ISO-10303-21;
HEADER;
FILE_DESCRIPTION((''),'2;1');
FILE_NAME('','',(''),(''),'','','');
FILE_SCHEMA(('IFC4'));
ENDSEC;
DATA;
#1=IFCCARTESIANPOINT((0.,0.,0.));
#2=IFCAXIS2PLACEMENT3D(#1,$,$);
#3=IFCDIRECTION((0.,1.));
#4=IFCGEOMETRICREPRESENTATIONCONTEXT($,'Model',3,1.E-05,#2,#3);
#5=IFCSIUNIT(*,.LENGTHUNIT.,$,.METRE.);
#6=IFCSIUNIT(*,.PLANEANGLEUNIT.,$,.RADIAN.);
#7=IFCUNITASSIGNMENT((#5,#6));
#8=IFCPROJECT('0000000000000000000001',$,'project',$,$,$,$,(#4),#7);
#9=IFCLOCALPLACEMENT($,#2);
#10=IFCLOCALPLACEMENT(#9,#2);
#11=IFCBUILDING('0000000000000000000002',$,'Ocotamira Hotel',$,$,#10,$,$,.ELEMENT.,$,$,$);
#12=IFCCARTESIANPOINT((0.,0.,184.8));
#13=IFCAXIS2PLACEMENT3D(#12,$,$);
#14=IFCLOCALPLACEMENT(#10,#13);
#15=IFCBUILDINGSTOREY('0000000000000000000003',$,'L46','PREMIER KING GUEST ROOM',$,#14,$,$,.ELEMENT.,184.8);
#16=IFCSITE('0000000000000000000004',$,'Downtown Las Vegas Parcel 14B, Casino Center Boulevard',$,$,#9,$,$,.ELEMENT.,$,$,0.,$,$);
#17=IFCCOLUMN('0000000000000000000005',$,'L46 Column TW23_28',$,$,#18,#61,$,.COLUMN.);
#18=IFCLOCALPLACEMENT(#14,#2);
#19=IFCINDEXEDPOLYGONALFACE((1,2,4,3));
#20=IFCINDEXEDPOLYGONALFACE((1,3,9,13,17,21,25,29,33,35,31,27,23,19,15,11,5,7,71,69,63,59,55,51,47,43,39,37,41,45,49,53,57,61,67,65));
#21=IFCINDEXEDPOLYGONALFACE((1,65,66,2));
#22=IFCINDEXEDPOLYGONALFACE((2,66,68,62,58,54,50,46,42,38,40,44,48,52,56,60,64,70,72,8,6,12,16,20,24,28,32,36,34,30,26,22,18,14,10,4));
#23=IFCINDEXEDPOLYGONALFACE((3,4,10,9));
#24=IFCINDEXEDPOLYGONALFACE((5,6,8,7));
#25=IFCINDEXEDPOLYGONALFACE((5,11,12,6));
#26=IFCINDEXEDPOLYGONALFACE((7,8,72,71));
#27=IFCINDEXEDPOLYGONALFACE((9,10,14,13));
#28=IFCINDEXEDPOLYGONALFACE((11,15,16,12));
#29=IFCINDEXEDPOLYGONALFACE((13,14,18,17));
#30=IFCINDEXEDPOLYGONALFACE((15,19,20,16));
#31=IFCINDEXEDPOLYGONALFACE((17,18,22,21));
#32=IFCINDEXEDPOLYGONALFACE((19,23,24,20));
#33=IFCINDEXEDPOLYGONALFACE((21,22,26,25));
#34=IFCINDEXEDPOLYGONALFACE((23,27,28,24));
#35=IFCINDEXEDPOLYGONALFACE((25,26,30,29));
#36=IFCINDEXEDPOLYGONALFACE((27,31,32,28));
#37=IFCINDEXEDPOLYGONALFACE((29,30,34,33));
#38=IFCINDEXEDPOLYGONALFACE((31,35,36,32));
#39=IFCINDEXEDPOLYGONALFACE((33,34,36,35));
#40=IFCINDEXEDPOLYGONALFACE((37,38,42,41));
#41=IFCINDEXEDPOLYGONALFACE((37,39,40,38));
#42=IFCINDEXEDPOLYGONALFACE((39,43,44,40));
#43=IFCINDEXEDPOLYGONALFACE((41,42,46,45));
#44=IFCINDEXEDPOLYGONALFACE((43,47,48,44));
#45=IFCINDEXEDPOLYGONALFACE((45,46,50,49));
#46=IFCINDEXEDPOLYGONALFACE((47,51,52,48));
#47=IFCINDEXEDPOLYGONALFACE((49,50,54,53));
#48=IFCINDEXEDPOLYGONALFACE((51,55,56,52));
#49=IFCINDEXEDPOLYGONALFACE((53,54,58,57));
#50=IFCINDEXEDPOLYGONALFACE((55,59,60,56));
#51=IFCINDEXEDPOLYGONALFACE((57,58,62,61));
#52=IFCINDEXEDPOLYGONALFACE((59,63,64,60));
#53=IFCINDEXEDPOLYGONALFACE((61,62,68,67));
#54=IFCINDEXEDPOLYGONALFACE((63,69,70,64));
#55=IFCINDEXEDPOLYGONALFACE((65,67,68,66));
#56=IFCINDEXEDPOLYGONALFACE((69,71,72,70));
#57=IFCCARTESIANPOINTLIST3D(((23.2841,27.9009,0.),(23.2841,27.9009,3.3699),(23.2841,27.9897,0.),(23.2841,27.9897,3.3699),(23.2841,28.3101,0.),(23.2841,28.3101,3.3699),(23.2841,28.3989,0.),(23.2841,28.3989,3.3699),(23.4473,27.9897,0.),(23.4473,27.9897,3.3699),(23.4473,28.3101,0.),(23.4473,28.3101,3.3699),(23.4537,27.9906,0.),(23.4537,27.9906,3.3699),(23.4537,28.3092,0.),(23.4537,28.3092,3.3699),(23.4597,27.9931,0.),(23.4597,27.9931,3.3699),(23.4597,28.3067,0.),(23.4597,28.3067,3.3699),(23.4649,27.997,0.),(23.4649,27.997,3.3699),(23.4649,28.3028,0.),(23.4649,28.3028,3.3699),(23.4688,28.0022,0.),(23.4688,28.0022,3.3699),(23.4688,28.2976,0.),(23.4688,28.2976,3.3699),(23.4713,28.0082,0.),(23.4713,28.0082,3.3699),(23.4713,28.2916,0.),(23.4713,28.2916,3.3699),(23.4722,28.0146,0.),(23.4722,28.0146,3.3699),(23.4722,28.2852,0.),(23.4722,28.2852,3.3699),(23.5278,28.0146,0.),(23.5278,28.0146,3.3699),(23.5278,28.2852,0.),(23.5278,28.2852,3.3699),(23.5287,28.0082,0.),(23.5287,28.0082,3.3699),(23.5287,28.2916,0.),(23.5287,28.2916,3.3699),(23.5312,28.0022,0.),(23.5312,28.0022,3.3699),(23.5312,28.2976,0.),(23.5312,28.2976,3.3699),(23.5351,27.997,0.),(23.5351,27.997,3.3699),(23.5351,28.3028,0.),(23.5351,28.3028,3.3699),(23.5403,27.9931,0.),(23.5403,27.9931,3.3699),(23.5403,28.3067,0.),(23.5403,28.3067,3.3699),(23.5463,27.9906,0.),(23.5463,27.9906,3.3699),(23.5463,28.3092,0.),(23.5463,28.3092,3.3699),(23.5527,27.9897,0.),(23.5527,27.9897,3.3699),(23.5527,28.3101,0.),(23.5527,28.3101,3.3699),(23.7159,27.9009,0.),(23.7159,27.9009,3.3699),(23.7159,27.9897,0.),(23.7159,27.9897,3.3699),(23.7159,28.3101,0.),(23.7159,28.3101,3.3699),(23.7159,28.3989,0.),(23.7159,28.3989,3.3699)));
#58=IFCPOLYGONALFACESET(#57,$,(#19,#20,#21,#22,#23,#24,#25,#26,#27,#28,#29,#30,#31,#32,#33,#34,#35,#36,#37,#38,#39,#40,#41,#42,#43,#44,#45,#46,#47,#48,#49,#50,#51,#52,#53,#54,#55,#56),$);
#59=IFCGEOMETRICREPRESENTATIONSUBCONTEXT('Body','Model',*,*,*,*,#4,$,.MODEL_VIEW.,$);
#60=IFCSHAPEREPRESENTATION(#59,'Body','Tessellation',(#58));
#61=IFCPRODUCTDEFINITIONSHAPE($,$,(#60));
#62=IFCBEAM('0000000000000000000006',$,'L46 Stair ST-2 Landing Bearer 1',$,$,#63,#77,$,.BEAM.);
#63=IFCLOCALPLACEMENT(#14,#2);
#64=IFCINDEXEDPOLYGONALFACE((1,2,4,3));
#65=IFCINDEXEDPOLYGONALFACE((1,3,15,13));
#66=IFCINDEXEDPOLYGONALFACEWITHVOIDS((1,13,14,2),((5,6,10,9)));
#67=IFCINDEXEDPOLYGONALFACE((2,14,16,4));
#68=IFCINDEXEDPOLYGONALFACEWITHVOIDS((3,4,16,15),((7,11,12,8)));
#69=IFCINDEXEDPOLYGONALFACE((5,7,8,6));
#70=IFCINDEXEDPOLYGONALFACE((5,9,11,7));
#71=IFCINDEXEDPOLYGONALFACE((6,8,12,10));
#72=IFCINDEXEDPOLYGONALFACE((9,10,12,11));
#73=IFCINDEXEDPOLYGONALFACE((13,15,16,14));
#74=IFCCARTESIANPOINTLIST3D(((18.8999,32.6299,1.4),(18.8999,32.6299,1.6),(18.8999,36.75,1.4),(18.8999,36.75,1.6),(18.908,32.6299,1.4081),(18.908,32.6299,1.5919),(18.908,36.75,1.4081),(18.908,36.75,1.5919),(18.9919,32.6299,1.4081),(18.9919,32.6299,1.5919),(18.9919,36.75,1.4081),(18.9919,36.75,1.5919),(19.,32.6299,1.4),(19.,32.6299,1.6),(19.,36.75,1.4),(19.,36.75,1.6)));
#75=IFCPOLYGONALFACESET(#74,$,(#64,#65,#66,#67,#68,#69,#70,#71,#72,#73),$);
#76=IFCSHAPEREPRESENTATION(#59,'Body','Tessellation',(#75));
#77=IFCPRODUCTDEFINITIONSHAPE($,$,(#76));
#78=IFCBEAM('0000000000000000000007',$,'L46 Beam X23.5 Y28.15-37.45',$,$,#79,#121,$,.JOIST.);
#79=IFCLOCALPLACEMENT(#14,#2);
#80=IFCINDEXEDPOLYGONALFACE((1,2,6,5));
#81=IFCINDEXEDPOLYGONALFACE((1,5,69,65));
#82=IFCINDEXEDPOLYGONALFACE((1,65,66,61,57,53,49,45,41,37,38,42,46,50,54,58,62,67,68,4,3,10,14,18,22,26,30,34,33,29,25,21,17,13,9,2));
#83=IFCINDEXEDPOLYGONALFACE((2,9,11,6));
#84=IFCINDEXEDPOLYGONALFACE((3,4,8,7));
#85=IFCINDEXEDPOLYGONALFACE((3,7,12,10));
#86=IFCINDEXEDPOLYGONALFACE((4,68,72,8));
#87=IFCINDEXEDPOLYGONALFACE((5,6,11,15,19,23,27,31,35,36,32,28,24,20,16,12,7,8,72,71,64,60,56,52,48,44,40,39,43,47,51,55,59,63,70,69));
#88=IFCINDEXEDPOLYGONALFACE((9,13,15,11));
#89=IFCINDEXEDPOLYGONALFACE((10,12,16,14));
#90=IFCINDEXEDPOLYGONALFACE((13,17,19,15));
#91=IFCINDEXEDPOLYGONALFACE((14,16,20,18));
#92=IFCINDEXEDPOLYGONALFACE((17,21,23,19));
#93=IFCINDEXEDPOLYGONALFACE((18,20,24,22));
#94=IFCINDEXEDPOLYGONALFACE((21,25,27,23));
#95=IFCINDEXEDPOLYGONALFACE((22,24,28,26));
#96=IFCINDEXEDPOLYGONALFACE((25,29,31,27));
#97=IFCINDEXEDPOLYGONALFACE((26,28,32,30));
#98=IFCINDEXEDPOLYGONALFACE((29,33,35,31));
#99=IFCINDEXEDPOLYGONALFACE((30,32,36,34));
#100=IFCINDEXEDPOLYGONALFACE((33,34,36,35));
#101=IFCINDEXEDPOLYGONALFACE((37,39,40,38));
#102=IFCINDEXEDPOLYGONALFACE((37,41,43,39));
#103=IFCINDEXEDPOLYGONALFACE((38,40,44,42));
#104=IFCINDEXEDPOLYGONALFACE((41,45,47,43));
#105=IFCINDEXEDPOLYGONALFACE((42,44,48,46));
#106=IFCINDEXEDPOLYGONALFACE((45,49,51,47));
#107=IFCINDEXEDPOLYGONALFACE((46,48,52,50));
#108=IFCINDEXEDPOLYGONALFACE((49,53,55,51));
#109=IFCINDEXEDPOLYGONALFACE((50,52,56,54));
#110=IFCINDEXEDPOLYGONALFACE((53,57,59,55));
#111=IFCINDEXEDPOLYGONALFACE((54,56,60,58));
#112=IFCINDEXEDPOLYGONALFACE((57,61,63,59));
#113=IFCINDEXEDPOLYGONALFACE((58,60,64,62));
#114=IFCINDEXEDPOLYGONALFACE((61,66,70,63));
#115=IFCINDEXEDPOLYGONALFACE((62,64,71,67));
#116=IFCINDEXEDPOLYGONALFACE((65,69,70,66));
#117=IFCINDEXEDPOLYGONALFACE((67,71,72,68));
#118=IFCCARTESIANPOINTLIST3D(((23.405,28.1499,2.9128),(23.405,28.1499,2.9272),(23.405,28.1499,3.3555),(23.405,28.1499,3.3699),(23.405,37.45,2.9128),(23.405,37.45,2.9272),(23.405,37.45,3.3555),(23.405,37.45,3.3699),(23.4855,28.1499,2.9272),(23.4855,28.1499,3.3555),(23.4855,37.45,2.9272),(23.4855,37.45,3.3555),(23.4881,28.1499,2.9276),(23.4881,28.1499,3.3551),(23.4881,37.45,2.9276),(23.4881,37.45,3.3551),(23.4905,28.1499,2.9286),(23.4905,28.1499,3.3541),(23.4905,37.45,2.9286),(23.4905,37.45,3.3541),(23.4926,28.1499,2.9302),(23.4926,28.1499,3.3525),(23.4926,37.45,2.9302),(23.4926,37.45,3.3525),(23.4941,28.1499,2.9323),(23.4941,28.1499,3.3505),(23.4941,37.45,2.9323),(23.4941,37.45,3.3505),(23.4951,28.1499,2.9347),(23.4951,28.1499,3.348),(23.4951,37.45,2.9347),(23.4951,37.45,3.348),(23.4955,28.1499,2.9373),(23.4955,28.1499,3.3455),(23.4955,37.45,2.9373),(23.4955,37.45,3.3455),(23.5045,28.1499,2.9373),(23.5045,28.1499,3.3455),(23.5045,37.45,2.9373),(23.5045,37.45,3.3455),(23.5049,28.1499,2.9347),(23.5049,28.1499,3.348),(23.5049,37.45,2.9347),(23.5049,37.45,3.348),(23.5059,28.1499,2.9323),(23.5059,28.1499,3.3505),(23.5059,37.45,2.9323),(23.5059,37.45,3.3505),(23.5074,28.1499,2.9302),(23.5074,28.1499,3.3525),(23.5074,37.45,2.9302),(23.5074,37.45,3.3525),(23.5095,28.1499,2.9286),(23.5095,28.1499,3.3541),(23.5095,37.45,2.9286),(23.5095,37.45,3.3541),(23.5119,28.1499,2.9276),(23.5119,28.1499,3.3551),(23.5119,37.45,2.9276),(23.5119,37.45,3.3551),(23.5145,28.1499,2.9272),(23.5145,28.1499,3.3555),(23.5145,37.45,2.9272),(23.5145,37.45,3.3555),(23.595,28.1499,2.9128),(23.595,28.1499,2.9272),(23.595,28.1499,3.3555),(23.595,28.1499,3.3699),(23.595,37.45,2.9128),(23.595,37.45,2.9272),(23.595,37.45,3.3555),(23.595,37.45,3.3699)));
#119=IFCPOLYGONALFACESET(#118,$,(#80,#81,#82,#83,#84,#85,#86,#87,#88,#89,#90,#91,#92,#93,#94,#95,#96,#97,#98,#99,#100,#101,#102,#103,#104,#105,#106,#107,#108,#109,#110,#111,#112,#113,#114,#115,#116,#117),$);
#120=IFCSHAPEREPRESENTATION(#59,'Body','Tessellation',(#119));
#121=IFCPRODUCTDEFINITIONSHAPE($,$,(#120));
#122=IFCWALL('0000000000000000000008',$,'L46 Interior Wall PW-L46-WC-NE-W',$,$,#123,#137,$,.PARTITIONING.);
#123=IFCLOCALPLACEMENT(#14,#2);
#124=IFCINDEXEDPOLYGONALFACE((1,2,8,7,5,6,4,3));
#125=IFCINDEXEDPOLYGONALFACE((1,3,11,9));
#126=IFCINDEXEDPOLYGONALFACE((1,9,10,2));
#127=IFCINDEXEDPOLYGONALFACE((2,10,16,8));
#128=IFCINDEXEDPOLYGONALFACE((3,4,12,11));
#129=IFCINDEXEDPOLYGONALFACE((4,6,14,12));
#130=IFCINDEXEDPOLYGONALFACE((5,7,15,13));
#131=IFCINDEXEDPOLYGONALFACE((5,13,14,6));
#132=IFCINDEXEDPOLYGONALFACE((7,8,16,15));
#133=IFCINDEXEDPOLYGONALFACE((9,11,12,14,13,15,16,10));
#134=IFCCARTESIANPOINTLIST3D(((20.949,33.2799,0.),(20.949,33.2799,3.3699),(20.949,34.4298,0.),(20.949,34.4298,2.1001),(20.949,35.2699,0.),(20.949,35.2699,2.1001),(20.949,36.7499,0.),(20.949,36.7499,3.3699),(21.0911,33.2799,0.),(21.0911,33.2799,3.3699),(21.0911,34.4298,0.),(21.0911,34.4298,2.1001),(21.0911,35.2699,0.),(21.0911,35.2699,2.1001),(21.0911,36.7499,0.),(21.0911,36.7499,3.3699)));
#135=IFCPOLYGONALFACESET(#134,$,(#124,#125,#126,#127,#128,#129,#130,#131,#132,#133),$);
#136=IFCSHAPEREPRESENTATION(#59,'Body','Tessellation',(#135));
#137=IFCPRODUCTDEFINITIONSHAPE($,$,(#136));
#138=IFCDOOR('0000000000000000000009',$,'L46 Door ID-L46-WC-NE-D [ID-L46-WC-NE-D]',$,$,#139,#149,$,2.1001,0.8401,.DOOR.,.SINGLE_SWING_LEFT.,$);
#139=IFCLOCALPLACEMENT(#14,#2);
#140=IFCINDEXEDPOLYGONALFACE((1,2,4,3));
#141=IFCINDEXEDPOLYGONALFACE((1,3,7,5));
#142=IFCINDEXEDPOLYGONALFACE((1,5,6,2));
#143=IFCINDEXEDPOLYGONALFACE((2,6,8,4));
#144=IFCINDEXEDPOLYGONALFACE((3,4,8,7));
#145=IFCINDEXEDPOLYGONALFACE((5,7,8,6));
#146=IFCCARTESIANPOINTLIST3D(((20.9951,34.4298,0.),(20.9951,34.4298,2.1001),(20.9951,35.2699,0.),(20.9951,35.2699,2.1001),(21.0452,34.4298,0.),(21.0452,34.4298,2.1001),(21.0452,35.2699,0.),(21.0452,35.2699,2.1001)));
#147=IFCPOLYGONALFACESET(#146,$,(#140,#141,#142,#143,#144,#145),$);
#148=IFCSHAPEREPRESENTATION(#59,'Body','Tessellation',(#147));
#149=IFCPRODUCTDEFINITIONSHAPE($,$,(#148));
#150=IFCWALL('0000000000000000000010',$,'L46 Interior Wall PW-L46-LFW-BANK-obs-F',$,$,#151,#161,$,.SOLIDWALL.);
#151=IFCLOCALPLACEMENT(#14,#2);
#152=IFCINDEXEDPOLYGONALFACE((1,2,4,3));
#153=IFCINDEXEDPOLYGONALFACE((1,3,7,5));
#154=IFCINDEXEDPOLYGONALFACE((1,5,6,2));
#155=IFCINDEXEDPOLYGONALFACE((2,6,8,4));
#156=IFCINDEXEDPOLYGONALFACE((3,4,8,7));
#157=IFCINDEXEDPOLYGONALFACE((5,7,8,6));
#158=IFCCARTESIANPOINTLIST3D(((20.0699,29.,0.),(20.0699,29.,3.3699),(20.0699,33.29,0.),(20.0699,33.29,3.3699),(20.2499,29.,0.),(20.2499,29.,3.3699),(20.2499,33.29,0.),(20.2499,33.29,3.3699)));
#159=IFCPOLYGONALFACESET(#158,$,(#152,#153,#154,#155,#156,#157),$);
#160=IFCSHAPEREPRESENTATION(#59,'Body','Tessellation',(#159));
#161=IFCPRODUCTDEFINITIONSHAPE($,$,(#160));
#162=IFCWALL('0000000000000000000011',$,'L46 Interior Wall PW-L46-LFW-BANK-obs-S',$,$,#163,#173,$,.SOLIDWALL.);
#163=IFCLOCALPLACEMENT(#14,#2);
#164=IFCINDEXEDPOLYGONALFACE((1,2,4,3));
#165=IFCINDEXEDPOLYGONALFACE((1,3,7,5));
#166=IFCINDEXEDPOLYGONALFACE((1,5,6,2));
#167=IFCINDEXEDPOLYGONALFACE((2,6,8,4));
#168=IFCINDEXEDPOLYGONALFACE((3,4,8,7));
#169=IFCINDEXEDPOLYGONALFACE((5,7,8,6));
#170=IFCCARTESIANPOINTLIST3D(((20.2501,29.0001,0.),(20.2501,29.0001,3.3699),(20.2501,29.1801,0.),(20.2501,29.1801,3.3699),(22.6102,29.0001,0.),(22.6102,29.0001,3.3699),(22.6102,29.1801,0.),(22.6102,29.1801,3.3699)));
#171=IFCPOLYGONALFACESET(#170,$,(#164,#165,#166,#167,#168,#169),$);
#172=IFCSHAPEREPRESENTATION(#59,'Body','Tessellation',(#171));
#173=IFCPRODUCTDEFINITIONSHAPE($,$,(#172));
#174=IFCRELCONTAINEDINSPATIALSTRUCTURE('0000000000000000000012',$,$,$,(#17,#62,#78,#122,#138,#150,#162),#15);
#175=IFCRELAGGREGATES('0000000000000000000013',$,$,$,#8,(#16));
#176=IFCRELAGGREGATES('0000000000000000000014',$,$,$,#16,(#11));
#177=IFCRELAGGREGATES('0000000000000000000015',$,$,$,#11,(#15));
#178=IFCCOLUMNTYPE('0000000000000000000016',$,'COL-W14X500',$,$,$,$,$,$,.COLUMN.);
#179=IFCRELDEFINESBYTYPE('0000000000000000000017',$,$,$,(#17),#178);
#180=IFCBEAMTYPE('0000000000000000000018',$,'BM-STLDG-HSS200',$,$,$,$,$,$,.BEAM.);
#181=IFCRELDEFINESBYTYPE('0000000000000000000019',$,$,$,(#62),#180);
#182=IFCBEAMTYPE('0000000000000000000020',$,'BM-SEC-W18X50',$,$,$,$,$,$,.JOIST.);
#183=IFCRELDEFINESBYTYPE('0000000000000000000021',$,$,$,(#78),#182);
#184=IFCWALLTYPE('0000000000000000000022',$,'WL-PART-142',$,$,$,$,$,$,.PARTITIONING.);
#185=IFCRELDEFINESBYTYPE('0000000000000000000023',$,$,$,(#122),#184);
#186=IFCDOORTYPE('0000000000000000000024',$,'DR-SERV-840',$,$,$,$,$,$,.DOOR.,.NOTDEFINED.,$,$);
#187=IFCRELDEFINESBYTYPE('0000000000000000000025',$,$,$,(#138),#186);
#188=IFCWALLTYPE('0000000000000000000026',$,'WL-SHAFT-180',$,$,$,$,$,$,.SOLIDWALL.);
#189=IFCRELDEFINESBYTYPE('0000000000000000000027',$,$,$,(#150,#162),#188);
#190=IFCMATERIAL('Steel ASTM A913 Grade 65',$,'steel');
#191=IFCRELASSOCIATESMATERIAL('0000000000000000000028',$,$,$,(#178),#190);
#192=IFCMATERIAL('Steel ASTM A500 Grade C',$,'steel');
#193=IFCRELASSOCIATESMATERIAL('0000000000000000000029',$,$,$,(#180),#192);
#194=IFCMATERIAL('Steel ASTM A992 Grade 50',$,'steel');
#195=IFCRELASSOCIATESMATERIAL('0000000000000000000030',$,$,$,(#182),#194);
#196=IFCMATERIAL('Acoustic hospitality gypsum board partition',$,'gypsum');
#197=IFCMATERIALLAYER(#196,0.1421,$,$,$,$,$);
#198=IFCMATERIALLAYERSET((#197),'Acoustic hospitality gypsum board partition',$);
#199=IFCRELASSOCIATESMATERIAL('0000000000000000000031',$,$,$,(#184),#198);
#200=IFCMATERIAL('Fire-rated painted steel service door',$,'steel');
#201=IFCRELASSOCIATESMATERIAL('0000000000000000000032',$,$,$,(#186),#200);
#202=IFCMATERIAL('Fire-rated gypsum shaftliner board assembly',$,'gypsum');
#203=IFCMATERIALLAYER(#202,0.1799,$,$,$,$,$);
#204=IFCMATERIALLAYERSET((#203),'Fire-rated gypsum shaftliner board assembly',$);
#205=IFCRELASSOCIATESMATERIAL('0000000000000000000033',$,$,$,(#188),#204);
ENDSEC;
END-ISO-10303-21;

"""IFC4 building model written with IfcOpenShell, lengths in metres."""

from ifc_helpers import new_model, si_unit, direction, frame, frame_2d, origin, origin_2d, place, context, subcontext, project, spatial, rectangle, hollow_rectangle, i_section, extrude, source, transform, mapped, material, layer, layer_set, material_profile, profile_set, type_object, element, fill, save


model = new_model("IFC4")

# Units and contexts
model_context = context("Model", 3, precision=1e-05, world=origin(), true_north=direction((0.0, 1.0)))
body_context = subcontext(model_context, "Body", "Model", "MODEL_VIEW")
ifc_project = project(units=[si_unit("LENGTHUNIT", "METRE"), si_unit("PLANEANGLEUNIT", "RADIAN")], contexts=[model_context])

# Site, building, storey
site_placement = place(None, origin())
site = spatial("IfcSite", under=ifc_project, at=site_placement, Name="Downtown Las Vegas Parcel 14B, Casino Center Boulevard", CompositionType="ELEMENT", RefElevation=0.0)
building_placement = place(site_placement, origin())
building = spatial("IfcBuilding", under=site, at=building_placement, Name="Ocotamira Hotel", CompositionType="ELEMENT")
storey_placement = place(building_placement, frame((0.0, 0.0, 184.8)))
storey = spatial("IfcBuildingStorey", under=building, at=storey_placement, Name="L46", Description="PREMIER KING GUEST ROOM", CompositionType="ELEMENT", Elevation=184.8)

# Column
ifc_material_1 = material(Name="Steel ASTM A913 Grade 65", Category="steel")
ifc_material_profile_1 = material_profile(ifc_material_1, i_section(OverallWidth=0.4319, OverallDepth=0.498, WebThickness=0.0557, FlangeThickness=0.0889, FilletRadius=0.0249, at=origin_2d()), Name="W14X500")
ifc_profile_set_1 = profile_set([ifc_material_profile_1], Name="Steel ASTM A913 Grade 65")
column_type = type_object("IfcColumnType", Name="COL-W14X500", PredefinedType="COLUMN", material=ifc_profile_set_1)
shared_shape_1 = source(origin(), body_context, "Body", "SweptSolid", [
    extrude(i_section(OverallWidth=0.4319, OverallDepth=0.498, WebThickness=0.0557, FlangeThickness=0.0889, FilletRadius=0.0249, at=origin_2d()), origin(), (0.0, 0.0, 1.0), 3.3699),
])
column_placement = place(storey_placement, frame((23.5, 28.1499, 0.0), z_axis=(0.0, 0.0, 1.0), x_axis=(1.0, 0.0, 0.0)))
element("IfcColumn", 1, at=column_placement, inside=storey, type_object=column_type, Name="L46 Column TW23_28", PredefinedType="COLUMN", context=body_context, shape_type="MappedRepresentation", body=[
    mapped(shared_shape_1, transform((0.0, 0.0, 0.0), scale=1.0)),
])

# Beams
ifc_material_2 = material(Name="Steel ASTM A500 Grade C", Category="steel")
ifc_material_profile_2 = material_profile(ifc_material_2, hollow_rectangle(XDim=0.1001, YDim=0.2, WallThickness=0.0081, at=origin_2d()), Name="HSS200X100X8")
ifc_profile_set_2 = profile_set([ifc_material_profile_2], Name="Steel ASTM A500 Grade C")
beam_type_1 = type_object("IfcBeamType", Name="BM-STLDG-HSS200", PredefinedType="BEAM", material=ifc_profile_set_2)
shared_shape_2 = source(origin(), body_context, "Body", "SweptSolid", [
    extrude(hollow_rectangle(XDim=0.1001, YDim=0.2, WallThickness=0.0081, at=origin_2d()), origin(), (0.0, 0.0, 1.0), 4.1201),
])
beam_1_placement = place(storey_placement, frame((18.95, 32.6299, 1.5), z_axis=(0.0, 1.0, 0.0), x_axis=(-1.0, 0.0, 0.0)))
element("IfcBeam", 2, at=beam_1_placement, inside=storey, type_object=beam_type_1, Name="L46 Stair ST-2 Landing Bearer 1", PredefinedType="BEAM", context=body_context, shape_type="MappedRepresentation", body=[
    mapped(shared_shape_2, transform((0.0, 0.0, 0.0), scale=1.0)),
])
ifc_material_3 = material(Name="Steel ASTM A992 Grade 50", Category="steel")
ifc_material_profile_3 = material_profile(ifc_material_3, i_section(OverallWidth=0.1899, OverallDepth=0.457, WebThickness=0.009, FlangeThickness=0.0144, FilletRadius=0.01, at=origin_2d()), Name="W18X50")
ifc_profile_set_3 = profile_set([ifc_material_profile_3], Name="Steel ASTM A992 Grade 50")
beam_type_2 = type_object("IfcBeamType", Name="BM-SEC-W18X50", PredefinedType="JOIST", material=ifc_profile_set_3)
shared_shape_3 = source(origin(), body_context, "Body", "SweptSolid", [
    extrude(i_section(OverallWidth=0.1899, OverallDepth=0.457, WebThickness=0.009, FlangeThickness=0.0144, FilletRadius=0.01, at=origin_2d()), origin(), (0.0, 0.0, 1.0), 9.3),
])
beam_2_placement = place(storey_placement, frame((23.5, 28.1499, 3.1414), z_axis=(0.0, 1.0, 0.0), x_axis=(-1.0, 0.0, 0.0)))
element("IfcBeam", 3, at=beam_2_placement, inside=storey, type_object=beam_type_2, Name="L46 Beam X23.5 Y28.15-37.45", PredefinedType="JOIST", context=body_context, shape_type="MappedRepresentation", body=[
    mapped(shared_shape_3, transform((0.0, 0.0, 0.0), scale=1.0)),
])

# Wall, opening, door
ifc_material_4 = material(Name="Acoustic hospitality gypsum board partition", Category="gypsum")
ifc_layer_1 = layer(ifc_material_4, 0.1421)
ifc_layer_set_1 = layer_set([ifc_layer_1], Name="Acoustic hospitality gypsum board partition")
wall_type_1 = type_object("IfcWallType", Name="WL-PART-142", PredefinedType="PARTITIONING", material=ifc_layer_set_1)
wall_1_placement = place(storey_placement, frame((21.02, 33.28, 0.0), z_axis=(0.0, 0.0, 1.0), x_axis=(0.0, 1.0, 0.0)))
wall_1 = element("IfcWall", 4, at=wall_1_placement, inside=storey, type_object=wall_type_1, Name="L46 Interior Wall PW-L46-WC-NE-W", PredefinedType="PARTITIONING", context=body_context, shape_type="SweptSolid", body=[
    extrude(rectangle(XDim=3.47, YDim=0.1421, at=frame_2d((1.7349, 0.0))), origin(), (0.0, 0.0, 1.0), 3.3699),
])
opening_1_placement = place(wall_1_placement, frame((1.1499, 0.0, 0.0)))
opening_1 = element("IfcOpeningElement", 5, at=opening_1_placement, cuts=wall_1, PredefinedType="OPENING", context=body_context, shape_type="SweptSolid", body=[
    extrude(rectangle(XDim=0.8401, YDim=2.1001, at=frame_2d((0.4199, 1.05))), frame((0.0, 0.0811, 0.0), z_axis=(0.0, -1.0, 0.0), x_axis=(1.0, 0.0, 0.0)), (0.0, 0.0, 1.0), 0.1621),
])
ifc_material_5 = material(Name="Fire-rated painted steel service door", Category="steel")
door_type_1 = type_object("IfcDoorType", Name="DR-SERV-840", OperationType="NOTDEFINED", PredefinedType="DOOR", material=ifc_material_5)
shared_shape_4 = source(origin(), body_context, "Body", "SweptSolid", [
    extrude(rectangle(XDim=0.8401, YDim=2.1001, at=frame_2d((0.4199, 1.05))), frame((0.0, 0.0249, 0.0), z_axis=(0.0, -1.0, 0.0), x_axis=(1.0, 0.0, 0.0)), (0.0, 0.0, 1.0), 0.05),
])
door_1_placement = place(opening_1_placement, origin())
door_1 = element("IfcDoor", 6, at=door_1_placement, inside=storey, type_object=door_type_1, Name="L46 Door ID-L46-WC-NE-D [ID-L46-WC-NE-D]", OperationType="SINGLE_SWING_LEFT", OverallHeight=2.1001, OverallWidth=0.8401, PredefinedType="DOOR", context=body_context, shape_type="MappedRepresentation", body=[
    mapped(shared_shape_4, transform((0.0, 0.0, 0.0), scale=1.0)),
])
fill(opening_1, door_1)

# Walls
ifc_material_6 = material(Name="Fire-rated gypsum shaftliner board assembly", Category="gypsum")
ifc_layer_2 = layer(ifc_material_6, 0.1799)
ifc_layer_set_2 = layer_set([ifc_layer_2], Name="Fire-rated gypsum shaftliner board assembly")
wall_type_2 = type_object("IfcWallType", Name="WL-SHAFT-180", PredefinedType="SOLIDWALL", material=ifc_layer_set_2)
wall_2_placement = place(storey_placement, frame((20.1599, 29.0, 0.0), z_axis=(0.0, 0.0, 1.0), x_axis=(0.0, 1.0, 0.0)))
element("IfcWall", 7, at=wall_2_placement, inside=storey, type_object=wall_type_2, Name="L46 Interior Wall PW-L46-LFW-BANK-obs-F", PredefinedType="SOLIDWALL", context=body_context, shape_type="SweptSolid", body=[
    extrude(rectangle(XDim=4.29, YDim=0.1799, at=frame_2d((2.145, 0.0))), origin(), (0.0, 0.0, 1.0), 3.3699),
])
wall_3_placement = place(storey_placement, frame((20.25, 29.0901, 0.0), z_axis=(0.0, 0.0, 1.0), x_axis=(1.0, 0.0, 0.0)))
element("IfcWall", 8, at=wall_3_placement, inside=storey, type_object=wall_type_2, Name="L46 Interior Wall PW-L46-LFW-BANK-obs-S", PredefinedType="SOLIDWALL", context=body_context, shape_type="SweptSolid", body=[
    extrude(rectangle(XDim=2.3601, YDim=0.1799, at=frame_2d((1.1802, 0.0))), origin(), (0.0, 0.0, 1.0), 3.3699),
])

save(model, "model.ifc")
